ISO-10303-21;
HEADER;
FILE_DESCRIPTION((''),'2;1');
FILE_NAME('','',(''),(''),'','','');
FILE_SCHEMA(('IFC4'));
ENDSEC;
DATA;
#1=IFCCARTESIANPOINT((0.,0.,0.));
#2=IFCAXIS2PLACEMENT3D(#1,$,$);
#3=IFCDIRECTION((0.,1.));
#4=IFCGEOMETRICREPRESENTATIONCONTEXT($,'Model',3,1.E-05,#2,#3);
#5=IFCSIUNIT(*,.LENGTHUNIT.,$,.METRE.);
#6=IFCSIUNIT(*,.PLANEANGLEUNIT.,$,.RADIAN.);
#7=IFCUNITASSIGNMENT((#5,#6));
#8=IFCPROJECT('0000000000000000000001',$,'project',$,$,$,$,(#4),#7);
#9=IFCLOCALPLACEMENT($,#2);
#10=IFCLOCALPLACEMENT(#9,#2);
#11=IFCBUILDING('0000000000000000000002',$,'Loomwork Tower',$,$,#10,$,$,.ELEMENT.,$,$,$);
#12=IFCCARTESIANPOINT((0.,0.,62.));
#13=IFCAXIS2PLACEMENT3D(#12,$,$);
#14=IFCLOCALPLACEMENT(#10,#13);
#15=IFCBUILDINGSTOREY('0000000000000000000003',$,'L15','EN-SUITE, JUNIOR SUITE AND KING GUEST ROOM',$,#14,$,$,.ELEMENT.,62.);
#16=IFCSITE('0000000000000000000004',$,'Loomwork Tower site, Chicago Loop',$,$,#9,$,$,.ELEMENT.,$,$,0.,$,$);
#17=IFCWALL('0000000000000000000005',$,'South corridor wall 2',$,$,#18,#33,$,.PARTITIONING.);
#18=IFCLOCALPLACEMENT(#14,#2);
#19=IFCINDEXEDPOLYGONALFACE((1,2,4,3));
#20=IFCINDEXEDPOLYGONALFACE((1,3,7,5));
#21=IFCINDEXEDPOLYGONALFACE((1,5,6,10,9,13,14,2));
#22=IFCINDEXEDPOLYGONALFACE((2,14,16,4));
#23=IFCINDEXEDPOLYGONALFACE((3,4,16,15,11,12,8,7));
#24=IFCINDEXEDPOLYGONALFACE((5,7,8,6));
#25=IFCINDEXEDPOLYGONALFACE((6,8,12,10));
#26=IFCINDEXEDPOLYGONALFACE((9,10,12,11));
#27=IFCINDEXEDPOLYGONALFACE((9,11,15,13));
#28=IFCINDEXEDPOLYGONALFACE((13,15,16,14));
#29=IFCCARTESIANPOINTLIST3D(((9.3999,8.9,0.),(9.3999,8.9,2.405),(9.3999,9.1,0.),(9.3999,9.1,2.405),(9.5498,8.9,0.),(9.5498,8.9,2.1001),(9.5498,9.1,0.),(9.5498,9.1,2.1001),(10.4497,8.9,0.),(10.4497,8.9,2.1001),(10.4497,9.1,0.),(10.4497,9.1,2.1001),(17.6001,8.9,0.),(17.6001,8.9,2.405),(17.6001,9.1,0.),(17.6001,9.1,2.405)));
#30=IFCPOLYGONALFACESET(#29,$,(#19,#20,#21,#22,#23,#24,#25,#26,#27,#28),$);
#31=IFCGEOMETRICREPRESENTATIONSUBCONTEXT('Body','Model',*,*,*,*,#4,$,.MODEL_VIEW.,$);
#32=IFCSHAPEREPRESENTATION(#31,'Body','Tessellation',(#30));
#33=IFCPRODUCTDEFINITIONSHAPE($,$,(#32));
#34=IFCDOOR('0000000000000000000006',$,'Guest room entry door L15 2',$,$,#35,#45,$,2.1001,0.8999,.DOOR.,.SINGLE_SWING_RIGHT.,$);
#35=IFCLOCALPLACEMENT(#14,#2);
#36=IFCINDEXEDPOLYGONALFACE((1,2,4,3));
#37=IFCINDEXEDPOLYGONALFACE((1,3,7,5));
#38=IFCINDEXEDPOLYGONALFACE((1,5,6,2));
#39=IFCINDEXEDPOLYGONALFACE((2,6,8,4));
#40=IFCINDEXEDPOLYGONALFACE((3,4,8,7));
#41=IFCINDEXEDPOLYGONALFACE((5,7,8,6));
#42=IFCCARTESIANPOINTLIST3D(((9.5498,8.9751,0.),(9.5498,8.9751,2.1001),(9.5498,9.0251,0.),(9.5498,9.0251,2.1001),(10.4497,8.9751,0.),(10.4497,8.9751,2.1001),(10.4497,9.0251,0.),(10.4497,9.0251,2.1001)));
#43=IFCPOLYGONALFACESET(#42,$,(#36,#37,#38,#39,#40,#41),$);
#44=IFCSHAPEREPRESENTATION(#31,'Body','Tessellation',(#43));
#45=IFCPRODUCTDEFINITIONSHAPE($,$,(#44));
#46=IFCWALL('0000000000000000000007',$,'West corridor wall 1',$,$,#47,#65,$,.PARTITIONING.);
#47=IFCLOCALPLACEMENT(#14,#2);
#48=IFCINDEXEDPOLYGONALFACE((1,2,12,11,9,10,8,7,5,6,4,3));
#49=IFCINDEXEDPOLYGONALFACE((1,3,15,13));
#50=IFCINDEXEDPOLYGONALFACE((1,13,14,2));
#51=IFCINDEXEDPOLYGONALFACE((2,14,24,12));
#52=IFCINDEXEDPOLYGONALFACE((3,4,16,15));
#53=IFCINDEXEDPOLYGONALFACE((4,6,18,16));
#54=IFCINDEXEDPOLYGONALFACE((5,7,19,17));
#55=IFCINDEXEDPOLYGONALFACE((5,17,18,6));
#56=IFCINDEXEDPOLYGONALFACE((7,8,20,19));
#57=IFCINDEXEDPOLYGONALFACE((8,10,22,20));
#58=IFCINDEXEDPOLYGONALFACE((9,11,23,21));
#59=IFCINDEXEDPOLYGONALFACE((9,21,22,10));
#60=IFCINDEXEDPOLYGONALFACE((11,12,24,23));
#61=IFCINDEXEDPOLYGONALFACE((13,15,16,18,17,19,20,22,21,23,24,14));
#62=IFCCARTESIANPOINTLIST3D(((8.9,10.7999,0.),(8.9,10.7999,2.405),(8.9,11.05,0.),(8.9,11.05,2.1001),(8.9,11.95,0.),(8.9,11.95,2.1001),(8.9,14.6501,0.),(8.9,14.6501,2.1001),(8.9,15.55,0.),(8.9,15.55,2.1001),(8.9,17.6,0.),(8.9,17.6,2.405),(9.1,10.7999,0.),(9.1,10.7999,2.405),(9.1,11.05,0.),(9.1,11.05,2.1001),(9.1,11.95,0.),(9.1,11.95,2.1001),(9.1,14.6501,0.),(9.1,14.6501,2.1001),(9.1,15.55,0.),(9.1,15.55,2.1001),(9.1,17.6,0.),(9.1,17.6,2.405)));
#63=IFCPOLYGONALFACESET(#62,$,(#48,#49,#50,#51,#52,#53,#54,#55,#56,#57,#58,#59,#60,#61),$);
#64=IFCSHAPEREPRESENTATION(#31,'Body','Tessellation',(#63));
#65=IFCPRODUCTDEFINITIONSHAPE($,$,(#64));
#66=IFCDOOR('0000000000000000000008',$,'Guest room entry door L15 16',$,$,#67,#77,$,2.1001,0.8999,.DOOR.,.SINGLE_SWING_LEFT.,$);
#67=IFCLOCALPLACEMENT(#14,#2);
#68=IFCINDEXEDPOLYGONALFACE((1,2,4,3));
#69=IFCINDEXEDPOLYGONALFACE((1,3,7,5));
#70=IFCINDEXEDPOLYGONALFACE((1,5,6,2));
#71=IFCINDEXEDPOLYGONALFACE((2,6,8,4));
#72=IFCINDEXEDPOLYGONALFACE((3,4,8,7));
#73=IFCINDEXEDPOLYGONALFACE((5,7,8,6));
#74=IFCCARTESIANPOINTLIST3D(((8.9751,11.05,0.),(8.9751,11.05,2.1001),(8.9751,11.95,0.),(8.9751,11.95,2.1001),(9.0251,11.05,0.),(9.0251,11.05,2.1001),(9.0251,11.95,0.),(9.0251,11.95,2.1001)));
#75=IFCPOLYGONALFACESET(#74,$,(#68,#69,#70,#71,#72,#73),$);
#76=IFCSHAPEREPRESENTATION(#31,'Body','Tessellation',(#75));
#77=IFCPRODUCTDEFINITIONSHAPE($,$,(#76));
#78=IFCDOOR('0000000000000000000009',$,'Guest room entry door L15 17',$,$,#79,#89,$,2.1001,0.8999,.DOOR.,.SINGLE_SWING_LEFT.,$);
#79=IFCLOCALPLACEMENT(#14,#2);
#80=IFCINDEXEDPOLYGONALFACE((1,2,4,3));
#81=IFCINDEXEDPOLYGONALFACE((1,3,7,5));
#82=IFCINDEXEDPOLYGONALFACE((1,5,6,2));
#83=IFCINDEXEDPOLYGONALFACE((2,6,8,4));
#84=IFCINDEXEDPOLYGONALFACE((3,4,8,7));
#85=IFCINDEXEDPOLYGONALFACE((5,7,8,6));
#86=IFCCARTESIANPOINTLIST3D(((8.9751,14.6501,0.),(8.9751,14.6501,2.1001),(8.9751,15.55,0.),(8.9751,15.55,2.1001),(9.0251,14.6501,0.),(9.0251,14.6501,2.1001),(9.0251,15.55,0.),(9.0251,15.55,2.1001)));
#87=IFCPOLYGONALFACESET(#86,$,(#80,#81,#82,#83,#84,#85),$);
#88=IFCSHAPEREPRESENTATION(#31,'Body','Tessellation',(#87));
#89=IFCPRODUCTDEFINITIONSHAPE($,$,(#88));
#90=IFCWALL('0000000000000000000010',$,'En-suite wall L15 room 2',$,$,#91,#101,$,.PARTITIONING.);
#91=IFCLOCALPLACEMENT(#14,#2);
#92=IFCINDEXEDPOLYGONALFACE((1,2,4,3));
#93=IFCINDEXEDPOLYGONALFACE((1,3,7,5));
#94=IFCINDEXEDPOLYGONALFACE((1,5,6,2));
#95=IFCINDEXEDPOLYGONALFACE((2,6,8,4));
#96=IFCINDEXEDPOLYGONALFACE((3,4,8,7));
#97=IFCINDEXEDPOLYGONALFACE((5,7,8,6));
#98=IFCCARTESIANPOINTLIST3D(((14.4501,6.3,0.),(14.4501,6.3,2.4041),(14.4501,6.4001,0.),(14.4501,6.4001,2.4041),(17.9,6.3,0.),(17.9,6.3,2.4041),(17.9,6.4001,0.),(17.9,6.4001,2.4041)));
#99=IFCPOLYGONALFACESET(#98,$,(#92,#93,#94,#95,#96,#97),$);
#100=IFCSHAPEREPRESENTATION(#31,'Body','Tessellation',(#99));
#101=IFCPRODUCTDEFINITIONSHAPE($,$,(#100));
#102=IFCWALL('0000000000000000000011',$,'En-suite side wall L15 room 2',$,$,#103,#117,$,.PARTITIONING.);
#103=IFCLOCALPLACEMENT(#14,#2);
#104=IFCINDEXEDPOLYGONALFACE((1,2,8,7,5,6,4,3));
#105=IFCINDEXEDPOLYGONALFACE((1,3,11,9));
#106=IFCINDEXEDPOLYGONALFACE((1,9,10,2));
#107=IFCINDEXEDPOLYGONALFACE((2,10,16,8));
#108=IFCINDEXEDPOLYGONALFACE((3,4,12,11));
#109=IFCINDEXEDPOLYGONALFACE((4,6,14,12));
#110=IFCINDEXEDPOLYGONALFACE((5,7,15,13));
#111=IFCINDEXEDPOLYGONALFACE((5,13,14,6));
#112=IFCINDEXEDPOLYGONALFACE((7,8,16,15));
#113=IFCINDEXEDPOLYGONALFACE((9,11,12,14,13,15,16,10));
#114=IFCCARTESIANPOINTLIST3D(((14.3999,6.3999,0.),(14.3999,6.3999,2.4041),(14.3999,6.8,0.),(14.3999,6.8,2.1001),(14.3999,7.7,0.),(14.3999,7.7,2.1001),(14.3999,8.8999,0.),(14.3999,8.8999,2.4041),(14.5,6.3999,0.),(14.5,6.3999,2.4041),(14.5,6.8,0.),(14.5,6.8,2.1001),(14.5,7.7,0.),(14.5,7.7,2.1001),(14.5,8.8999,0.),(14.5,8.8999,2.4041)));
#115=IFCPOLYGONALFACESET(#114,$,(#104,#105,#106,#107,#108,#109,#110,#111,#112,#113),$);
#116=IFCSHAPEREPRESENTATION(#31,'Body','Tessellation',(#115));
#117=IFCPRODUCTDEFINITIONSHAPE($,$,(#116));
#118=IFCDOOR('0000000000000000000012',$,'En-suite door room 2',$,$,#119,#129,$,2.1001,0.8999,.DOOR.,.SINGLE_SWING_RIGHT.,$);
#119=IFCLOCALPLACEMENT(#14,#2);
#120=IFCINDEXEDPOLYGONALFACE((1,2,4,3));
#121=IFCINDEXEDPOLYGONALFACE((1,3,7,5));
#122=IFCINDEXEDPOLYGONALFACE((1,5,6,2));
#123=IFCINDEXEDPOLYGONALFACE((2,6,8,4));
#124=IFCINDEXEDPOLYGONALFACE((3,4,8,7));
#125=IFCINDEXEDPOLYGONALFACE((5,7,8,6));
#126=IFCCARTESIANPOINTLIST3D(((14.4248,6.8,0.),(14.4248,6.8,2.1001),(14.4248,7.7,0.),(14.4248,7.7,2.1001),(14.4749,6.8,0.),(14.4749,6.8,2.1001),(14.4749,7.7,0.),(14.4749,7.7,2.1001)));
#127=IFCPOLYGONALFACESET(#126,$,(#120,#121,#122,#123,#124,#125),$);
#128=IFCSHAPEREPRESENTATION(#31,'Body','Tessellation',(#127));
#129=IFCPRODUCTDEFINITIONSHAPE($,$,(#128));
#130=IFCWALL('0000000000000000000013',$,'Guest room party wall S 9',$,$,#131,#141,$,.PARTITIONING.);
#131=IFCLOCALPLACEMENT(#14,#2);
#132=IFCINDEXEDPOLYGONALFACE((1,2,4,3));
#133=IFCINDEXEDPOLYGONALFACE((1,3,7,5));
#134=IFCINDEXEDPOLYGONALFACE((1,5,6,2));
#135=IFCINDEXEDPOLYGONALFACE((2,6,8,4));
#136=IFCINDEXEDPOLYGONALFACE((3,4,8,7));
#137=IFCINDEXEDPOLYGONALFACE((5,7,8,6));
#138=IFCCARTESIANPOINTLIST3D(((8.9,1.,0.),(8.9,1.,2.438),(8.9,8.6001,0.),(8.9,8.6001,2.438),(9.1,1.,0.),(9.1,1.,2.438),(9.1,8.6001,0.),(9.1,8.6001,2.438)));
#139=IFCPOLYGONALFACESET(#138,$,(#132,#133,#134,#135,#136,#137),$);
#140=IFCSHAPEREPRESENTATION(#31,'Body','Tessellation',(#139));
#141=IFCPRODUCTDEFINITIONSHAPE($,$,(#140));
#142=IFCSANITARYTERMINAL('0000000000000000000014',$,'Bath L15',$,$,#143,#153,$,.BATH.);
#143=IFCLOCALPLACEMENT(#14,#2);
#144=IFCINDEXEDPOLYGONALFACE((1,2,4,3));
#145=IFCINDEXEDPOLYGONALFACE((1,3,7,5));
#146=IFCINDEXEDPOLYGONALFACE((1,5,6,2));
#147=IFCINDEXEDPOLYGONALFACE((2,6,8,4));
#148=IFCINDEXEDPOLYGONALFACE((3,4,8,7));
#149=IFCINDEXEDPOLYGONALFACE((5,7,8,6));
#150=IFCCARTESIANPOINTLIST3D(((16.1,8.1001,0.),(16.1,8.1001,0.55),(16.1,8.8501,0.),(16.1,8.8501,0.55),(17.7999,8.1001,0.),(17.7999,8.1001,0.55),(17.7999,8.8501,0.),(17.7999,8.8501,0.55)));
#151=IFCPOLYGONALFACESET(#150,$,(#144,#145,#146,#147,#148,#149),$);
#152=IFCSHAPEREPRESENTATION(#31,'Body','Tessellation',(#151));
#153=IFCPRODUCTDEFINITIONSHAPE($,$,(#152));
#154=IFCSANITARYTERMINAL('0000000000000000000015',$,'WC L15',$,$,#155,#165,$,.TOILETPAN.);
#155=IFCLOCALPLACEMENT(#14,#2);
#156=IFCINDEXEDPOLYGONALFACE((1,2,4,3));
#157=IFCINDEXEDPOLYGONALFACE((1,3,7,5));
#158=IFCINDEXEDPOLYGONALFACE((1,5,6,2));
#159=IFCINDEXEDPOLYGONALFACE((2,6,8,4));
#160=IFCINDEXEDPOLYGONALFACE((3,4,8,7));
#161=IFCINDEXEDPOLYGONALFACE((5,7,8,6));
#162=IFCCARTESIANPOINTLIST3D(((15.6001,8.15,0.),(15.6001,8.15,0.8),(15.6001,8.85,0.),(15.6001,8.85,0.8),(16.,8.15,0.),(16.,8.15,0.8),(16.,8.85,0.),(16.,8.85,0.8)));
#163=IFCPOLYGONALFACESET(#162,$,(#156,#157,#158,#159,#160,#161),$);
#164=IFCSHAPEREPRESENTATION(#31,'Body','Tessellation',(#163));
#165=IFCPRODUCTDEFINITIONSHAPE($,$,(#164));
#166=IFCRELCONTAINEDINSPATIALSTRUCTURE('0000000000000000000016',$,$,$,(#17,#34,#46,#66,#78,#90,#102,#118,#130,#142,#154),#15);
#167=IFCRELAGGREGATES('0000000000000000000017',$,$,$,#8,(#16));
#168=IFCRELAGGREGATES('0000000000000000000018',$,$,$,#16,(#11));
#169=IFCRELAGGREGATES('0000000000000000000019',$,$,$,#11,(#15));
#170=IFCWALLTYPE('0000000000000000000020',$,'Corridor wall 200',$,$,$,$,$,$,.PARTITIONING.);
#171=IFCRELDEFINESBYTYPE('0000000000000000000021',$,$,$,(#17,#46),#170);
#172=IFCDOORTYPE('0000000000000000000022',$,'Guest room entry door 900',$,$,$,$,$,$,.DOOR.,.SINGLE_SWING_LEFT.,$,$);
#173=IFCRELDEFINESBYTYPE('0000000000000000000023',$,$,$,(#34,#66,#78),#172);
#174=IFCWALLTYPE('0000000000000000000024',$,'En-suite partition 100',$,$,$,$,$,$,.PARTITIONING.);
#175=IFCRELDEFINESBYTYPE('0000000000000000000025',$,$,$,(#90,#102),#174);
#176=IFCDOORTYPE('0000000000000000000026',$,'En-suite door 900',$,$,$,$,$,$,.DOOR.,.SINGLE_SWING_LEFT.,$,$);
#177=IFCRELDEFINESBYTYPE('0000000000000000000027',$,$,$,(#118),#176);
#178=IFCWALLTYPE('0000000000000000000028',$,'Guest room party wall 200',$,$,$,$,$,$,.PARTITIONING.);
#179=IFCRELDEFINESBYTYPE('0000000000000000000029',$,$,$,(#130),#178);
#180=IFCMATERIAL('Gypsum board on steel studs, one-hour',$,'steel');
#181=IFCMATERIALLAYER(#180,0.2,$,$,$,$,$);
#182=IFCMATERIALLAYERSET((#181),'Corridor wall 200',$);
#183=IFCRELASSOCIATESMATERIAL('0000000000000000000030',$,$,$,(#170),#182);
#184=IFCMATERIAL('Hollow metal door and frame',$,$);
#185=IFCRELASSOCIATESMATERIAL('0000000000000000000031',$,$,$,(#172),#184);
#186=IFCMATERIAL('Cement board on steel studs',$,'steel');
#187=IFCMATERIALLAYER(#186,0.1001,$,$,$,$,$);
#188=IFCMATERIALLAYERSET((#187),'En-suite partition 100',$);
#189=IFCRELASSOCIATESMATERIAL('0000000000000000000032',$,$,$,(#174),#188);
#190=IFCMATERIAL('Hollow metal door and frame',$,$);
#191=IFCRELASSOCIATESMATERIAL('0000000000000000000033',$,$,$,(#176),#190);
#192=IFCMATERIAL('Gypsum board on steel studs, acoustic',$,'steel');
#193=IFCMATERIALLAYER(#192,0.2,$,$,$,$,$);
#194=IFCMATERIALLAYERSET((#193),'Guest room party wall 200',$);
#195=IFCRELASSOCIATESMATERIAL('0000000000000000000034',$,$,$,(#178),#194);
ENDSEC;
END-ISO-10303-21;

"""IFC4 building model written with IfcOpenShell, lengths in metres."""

from ifc_helpers import new_model, si_unit, direction, frame, frame_2d, origin, origin_2d, place, context, subcontext, project, spatial, rectangle, extrude, material, layer, layer_set, type_object, element, fill, save


model = new_model("IFC4")

# Units and contexts
model_context = context("Model", 3, precision=1e-05, world=origin(), true_north=direction((0.0, 1.0)))
body_context = subcontext(model_context, "Body", "Model", "MODEL_VIEW")
ifc_project = project(units=[si_unit("LENGTHUNIT", "METRE"), si_unit("PLANEANGLEUNIT", "RADIAN")], contexts=[model_context])

# Site, building, storey
site_placement = place(None, origin())
site = spatial("IfcSite", under=ifc_project, at=site_placement, Name="Loomwork Tower site, Chicago Loop", CompositionType="ELEMENT", RefElevation=0.0)
building_placement = place(site_placement, origin())
building = spatial("IfcBuilding", under=site, at=building_placement, Name="Loomwork Tower", CompositionType="ELEMENT")
storey_placement = place(building_placement, frame((0.0, 0.0, 62.0)))
storey = spatial("IfcBuildingStorey", under=building, at=storey_placement, Name="L15", Description="EN-SUITE, JUNIOR SUITE AND KING GUEST ROOM", CompositionType="ELEMENT", Elevation=62.0)

# Wall, opening, door
ifc_material_1 = material(Name="Gypsum board on steel studs, one-hour", Category="steel")
ifc_layer_1 = layer(ifc_material_1, 0.2)
ifc_layer_set_1 = layer_set([ifc_layer_1], Name="Corridor wall 200")
wall_type_1 = type_object("IfcWallType", Name="Corridor wall 200", PredefinedType="PARTITIONING", material=ifc_layer_set_1)
wall_1_placement = place(storey_placement, frame((9.3999, 9.0, 0.0), z_axis=(0.0, 0.0, 1.0), x_axis=(1.0, 0.0, 0.0)))
wall_1 = element("IfcWall", 1, at=wall_1_placement, inside=storey, type_object=wall_type_1, Name="South corridor wall 2", PredefinedType="PARTITIONING", context=body_context, shape_type="SweptSolid", body=[
    extrude(rectangle(XDim=8.2002, YDim=0.2, at=frame_2d((4.1001, 0.0))), origin(), (0.0, 0.0, 1.0), 2.405),
])
opening_1_placement = place(wall_1_placement, frame((0.1499, 0.0, 0.0)))
opening_1 = element("IfcOpeningElement", 2, at=opening_1_placement, cuts=wall_1, PredefinedType="OPENING", context=body_context, shape_type="SweptSolid", body=[
    extrude(rectangle(XDim=0.8999, YDim=2.1001, at=frame_2d((0.45, 1.05))), frame((0.0, 0.1099, 0.0), z_axis=(0.0, -1.0, 0.0), x_axis=(1.0, 0.0, 0.0)), (0.0, 0.0, 1.0), 0.22),
])
ifc_material_2 = material(Name="Hollow metal door and frame")
door_type_1 = type_object("IfcDoorType", Name="Guest room entry door 900", OperationType="SINGLE_SWING_LEFT", PredefinedType="DOOR", material=ifc_material_2)
door_1_placement = place(opening_1_placement, frame((0.8999, 0.0, 0.0), z_axis=(0.0, 0.0, 1.0), x_axis=(-1.0, 0.0, 0.0)))
door_1 = element("IfcDoor", 3, at=door_1_placement, inside=storey, type_object=door_type_1, Name="Guest room entry door L15 2", OperationType="SINGLE_SWING_RIGHT", OverallHeight=2.1001, OverallWidth=0.8999, PredefinedType="DOOR", context=body_context, shape_type="SweptSolid", body=[
    extrude(rectangle(XDim=0.8999, YDim=2.1001, at=frame_2d((0.45, 1.05))), frame((0.0, 0.0249, 0.0), z_axis=(0.0, -1.0, 0.0), x_axis=(1.0, 0.0, 0.0)), (0.0, 0.0, 1.0), 0.05),
])
fill(opening_1, door_1)

# Wall, openings, doors
wall_2_placement = place(storey_placement, frame((9.0, 10.8, 0.0), z_axis=(0.0, 0.0, 1.0), x_axis=(0.0, 1.0, 0.0)))
wall_2 = element("IfcWall", 4, at=wall_2_placement, inside=storey, type_object=wall_type_1, Name="West corridor wall 1", PredefinedType="PARTITIONING", context=body_context, shape_type="SweptSolid", body=[
    extrude(rectangle(XDim=6.8, YDim=0.2, at=frame_2d((3.3999, 0.0))), origin(), (0.0, 0.0, 1.0), 2.405),
])
opening_2_placement = place(wall_2_placement, frame((0.25, 0.0, 0.0)))
opening_2 = element("IfcOpeningElement", 5, at=opening_2_placement, cuts=wall_2, PredefinedType="OPENING", context=body_context, shape_type="SweptSolid", body=[
    extrude(rectangle(XDim=0.8999, YDim=2.1001, at=frame_2d((0.45, 1.05))), frame((0.0, 0.1099, 0.0), z_axis=(0.0, -1.0, 0.0), x_axis=(1.0, 0.0, 0.0)), (0.0, 0.0, 1.0), 0.22),
])
opening_3_placement = place(wall_2_placement, frame((3.8501, 0.0, 0.0)))
opening_3 = element("IfcOpeningElement", 6, at=opening_3_placement, cuts=wall_2, PredefinedType="OPENING", context=body_context, shape_type="SweptSolid", body=[
    extrude(rectangle(XDim=0.8999, YDim=2.1001, at=frame_2d((0.45, 1.05))), frame((0.0, 0.1099, 0.0), z_axis=(0.0, -1.0, 0.0), x_axis=(1.0, 0.0, 0.0)), (0.0, 0.0, 1.0), 0.22),
])
door_2_placement = place(opening_2_placement, origin())
door_2 = element("IfcDoor", 7, at=door_2_placement, inside=storey, type_object=door_type_1, Name="Guest room entry door L15 16", OperationType="SINGLE_SWING_LEFT", OverallHeight=2.1001, OverallWidth=0.8999, PredefinedType="DOOR", context=body_context, shape_type="SweptSolid", body=[
    extrude(rectangle(XDim=0.8999, YDim=2.1001, at=frame_2d((0.45, 1.05))), frame((0.0, 0.0249, 0.0), z_axis=(0.0, -1.0, 0.0), x_axis=(1.0, 0.0, 0.0)), (0.0, 0.0, 1.0), 0.05),
])
fill(opening_2, door_2)
door_3_placement = place(opening_3_placement, origin())
door_3 = element("IfcDoor", 8, at=door_3_placement, inside=storey, type_object=door_type_1, Name="Guest room entry door L15 17", OperationType="SINGLE_SWING_LEFT", OverallHeight=2.1001, OverallWidth=0.8999, PredefinedType="DOOR", context=body_context, shape_type="SweptSolid", body=[
    extrude(rectangle(XDim=0.8999, YDim=2.1001, at=frame_2d((0.45, 1.05))), frame((0.0, 0.0249, 0.0), z_axis=(0.0, -1.0, 0.0), x_axis=(1.0, 0.0, 0.0)), (0.0, 0.0, 1.0), 0.05),
])
fill(opening_3, door_3)

# Wall
ifc_material_3 = material(Name="Cement board on steel studs", Category="steel")
ifc_layer_2 = layer(ifc_material_3, 0.1001)
ifc_layer_set_2 = layer_set([ifc_layer_2], Name="En-suite partition 100")
wall_type_2 = type_object("IfcWallType", Name="En-suite partition 100", PredefinedType="PARTITIONING", material=ifc_layer_set_2)
wall_3_placement = place(storey_placement, frame((14.45, 6.3501, 0.0), z_axis=(0.0, 0.0, 1.0), x_axis=(1.0, 0.0, 0.0)))
element("IfcWall", 9, at=wall_3_placement, inside=storey, type_object=wall_type_2, Name="En-suite wall L15 room 2", PredefinedType="PARTITIONING", context=body_context, shape_type="SweptSolid", body=[
    extrude(rectangle(XDim=3.45, YDim=0.1001, at=frame_2d((1.7251, 0.0))), origin(), (0.0, 0.0, 1.0), 2.4041),
])

# Wall, opening, door
wall_4_placement = place(storey_placement, frame((14.45, 8.8999, 0.0), z_axis=(0.0, 0.0, 1.0), x_axis=(0.0, -1.0, 0.0)))
wall_4 = element("IfcWall", 10, at=wall_4_placement, inside=storey, type_object=wall_type_2, Name="En-suite side wall L15 room 2", PredefinedType="PARTITIONING", context=body_context, shape_type="SweptSolid", body=[
    extrude(rectangle(XDim=2.5, YDim=0.1001, at=frame_2d((1.25, 0.0))), origin(), (0.0, 0.0, 1.0), 2.4041),
])
opening_4_placement = place(wall_4_placement, frame((1.2, 0.0, 0.0)))
opening_4 = element("IfcOpeningElement", 11, at=opening_4_placement, cuts=wall_4, PredefinedType="OPENING", context=body_context, shape_type="SweptSolid", body=[
    extrude(rectangle(XDim=0.8999, YDim=2.1001, at=frame_2d((0.45, 1.05))), frame((0.0, 0.0601, 0.0), z_axis=(0.0, -1.0, 0.0), x_axis=(1.0, 0.0, 0.0)), (0.0, 0.0, 1.0), 0.1201),
])
ifc_material_4 = material(Name="Hollow metal door and frame")
door_type_2 = type_object("IfcDoorType", Name="En-suite door 900", OperationType="SINGLE_SWING_LEFT", PredefinedType="DOOR", material=ifc_material_4)
door_4_placement = place(opening_4_placement, origin())
door_4 = element("IfcDoor", 12, at=door_4_placement, inside=storey, type_object=door_type_2, Name="En-suite door room 2", OperationType="SINGLE_SWING_RIGHT", OverallHeight=2.1001, OverallWidth=0.8999, PredefinedType="DOOR", context=body_context, shape_type="SweptSolid", body=[
    extrude(rectangle(XDim=0.8999, YDim=2.1001, at=frame_2d((0.45, 1.05))), frame((0.0, 0.0249, 0.0), z_axis=(0.0, -1.0, 0.0), x_axis=(1.0, 0.0, 0.0)), (0.0, 0.0, 1.0), 0.05),
])
fill(opening_4, door_4)

# Wall
ifc_material_5 = material(Name="Gypsum board on steel studs, acoustic", Category="steel")
ifc_layer_3 = layer(ifc_material_5, 0.2)
ifc_layer_set_3 = layer_set([ifc_layer_3], Name="Guest room party wall 200")
wall_type_3 = type_object("IfcWallType", Name="Guest room party wall 200", PredefinedType="PARTITIONING", material=ifc_layer_set_3)
wall_5_placement = place(storey_placement, frame((9.0, 8.6001, 0.0), z_axis=(0.0, 0.0, 1.0), x_axis=(0.0, -1.0, 0.0)))
element("IfcWall", 13, at=wall_5_placement, inside=storey, type_object=wall_type_3, Name="Guest room party wall S 9", PredefinedType="PARTITIONING", context=body_context, shape_type="SweptSolid", body=[
    extrude(rectangle(XDim=7.6001, YDim=0.2, at=frame_2d((3.8, 0.0))), origin(), (0.0, 0.0, 1.0), 2.438),
])

# Sanitary terminals
sanitary_terminal_1_placement = place(storey_placement, frame((16.95, 8.4751, 0.0), z_axis=(0.0, 0.0, 1.0), x_axis=(1.0, 0.0, 0.0)))
element("IfcSanitaryTerminal", 14, at=sanitary_terminal_1_placement, inside=storey, Name="Bath L15", PredefinedType="BATH", context=body_context, shape_type="SweptSolid", body=[
    extrude(rectangle(XDim=1.7, YDim=0.75, at=origin_2d()), origin(), (0.0, 0.0, 1.0), 0.55),
])
sanitary_terminal_2_placement = place(storey_placement, frame((15.8, 8.5, 0.0), z_axis=(0.0, 0.0, 1.0), x_axis=(1.0, 0.0, 0.0)))
element("IfcSanitaryTerminal", 15, at=sanitary_terminal_2_placement, inside=storey, Name="WC L15", PredefinedType="TOILETPAN", context=body_context, shape_type="SweptSolid", body=[
    extrude(rectangle(XDim=0.3999, YDim=0.7, at=origin_2d()), origin(), (0.0, 0.0, 1.0), 0.8),
])

save(model, "model.ifc")
